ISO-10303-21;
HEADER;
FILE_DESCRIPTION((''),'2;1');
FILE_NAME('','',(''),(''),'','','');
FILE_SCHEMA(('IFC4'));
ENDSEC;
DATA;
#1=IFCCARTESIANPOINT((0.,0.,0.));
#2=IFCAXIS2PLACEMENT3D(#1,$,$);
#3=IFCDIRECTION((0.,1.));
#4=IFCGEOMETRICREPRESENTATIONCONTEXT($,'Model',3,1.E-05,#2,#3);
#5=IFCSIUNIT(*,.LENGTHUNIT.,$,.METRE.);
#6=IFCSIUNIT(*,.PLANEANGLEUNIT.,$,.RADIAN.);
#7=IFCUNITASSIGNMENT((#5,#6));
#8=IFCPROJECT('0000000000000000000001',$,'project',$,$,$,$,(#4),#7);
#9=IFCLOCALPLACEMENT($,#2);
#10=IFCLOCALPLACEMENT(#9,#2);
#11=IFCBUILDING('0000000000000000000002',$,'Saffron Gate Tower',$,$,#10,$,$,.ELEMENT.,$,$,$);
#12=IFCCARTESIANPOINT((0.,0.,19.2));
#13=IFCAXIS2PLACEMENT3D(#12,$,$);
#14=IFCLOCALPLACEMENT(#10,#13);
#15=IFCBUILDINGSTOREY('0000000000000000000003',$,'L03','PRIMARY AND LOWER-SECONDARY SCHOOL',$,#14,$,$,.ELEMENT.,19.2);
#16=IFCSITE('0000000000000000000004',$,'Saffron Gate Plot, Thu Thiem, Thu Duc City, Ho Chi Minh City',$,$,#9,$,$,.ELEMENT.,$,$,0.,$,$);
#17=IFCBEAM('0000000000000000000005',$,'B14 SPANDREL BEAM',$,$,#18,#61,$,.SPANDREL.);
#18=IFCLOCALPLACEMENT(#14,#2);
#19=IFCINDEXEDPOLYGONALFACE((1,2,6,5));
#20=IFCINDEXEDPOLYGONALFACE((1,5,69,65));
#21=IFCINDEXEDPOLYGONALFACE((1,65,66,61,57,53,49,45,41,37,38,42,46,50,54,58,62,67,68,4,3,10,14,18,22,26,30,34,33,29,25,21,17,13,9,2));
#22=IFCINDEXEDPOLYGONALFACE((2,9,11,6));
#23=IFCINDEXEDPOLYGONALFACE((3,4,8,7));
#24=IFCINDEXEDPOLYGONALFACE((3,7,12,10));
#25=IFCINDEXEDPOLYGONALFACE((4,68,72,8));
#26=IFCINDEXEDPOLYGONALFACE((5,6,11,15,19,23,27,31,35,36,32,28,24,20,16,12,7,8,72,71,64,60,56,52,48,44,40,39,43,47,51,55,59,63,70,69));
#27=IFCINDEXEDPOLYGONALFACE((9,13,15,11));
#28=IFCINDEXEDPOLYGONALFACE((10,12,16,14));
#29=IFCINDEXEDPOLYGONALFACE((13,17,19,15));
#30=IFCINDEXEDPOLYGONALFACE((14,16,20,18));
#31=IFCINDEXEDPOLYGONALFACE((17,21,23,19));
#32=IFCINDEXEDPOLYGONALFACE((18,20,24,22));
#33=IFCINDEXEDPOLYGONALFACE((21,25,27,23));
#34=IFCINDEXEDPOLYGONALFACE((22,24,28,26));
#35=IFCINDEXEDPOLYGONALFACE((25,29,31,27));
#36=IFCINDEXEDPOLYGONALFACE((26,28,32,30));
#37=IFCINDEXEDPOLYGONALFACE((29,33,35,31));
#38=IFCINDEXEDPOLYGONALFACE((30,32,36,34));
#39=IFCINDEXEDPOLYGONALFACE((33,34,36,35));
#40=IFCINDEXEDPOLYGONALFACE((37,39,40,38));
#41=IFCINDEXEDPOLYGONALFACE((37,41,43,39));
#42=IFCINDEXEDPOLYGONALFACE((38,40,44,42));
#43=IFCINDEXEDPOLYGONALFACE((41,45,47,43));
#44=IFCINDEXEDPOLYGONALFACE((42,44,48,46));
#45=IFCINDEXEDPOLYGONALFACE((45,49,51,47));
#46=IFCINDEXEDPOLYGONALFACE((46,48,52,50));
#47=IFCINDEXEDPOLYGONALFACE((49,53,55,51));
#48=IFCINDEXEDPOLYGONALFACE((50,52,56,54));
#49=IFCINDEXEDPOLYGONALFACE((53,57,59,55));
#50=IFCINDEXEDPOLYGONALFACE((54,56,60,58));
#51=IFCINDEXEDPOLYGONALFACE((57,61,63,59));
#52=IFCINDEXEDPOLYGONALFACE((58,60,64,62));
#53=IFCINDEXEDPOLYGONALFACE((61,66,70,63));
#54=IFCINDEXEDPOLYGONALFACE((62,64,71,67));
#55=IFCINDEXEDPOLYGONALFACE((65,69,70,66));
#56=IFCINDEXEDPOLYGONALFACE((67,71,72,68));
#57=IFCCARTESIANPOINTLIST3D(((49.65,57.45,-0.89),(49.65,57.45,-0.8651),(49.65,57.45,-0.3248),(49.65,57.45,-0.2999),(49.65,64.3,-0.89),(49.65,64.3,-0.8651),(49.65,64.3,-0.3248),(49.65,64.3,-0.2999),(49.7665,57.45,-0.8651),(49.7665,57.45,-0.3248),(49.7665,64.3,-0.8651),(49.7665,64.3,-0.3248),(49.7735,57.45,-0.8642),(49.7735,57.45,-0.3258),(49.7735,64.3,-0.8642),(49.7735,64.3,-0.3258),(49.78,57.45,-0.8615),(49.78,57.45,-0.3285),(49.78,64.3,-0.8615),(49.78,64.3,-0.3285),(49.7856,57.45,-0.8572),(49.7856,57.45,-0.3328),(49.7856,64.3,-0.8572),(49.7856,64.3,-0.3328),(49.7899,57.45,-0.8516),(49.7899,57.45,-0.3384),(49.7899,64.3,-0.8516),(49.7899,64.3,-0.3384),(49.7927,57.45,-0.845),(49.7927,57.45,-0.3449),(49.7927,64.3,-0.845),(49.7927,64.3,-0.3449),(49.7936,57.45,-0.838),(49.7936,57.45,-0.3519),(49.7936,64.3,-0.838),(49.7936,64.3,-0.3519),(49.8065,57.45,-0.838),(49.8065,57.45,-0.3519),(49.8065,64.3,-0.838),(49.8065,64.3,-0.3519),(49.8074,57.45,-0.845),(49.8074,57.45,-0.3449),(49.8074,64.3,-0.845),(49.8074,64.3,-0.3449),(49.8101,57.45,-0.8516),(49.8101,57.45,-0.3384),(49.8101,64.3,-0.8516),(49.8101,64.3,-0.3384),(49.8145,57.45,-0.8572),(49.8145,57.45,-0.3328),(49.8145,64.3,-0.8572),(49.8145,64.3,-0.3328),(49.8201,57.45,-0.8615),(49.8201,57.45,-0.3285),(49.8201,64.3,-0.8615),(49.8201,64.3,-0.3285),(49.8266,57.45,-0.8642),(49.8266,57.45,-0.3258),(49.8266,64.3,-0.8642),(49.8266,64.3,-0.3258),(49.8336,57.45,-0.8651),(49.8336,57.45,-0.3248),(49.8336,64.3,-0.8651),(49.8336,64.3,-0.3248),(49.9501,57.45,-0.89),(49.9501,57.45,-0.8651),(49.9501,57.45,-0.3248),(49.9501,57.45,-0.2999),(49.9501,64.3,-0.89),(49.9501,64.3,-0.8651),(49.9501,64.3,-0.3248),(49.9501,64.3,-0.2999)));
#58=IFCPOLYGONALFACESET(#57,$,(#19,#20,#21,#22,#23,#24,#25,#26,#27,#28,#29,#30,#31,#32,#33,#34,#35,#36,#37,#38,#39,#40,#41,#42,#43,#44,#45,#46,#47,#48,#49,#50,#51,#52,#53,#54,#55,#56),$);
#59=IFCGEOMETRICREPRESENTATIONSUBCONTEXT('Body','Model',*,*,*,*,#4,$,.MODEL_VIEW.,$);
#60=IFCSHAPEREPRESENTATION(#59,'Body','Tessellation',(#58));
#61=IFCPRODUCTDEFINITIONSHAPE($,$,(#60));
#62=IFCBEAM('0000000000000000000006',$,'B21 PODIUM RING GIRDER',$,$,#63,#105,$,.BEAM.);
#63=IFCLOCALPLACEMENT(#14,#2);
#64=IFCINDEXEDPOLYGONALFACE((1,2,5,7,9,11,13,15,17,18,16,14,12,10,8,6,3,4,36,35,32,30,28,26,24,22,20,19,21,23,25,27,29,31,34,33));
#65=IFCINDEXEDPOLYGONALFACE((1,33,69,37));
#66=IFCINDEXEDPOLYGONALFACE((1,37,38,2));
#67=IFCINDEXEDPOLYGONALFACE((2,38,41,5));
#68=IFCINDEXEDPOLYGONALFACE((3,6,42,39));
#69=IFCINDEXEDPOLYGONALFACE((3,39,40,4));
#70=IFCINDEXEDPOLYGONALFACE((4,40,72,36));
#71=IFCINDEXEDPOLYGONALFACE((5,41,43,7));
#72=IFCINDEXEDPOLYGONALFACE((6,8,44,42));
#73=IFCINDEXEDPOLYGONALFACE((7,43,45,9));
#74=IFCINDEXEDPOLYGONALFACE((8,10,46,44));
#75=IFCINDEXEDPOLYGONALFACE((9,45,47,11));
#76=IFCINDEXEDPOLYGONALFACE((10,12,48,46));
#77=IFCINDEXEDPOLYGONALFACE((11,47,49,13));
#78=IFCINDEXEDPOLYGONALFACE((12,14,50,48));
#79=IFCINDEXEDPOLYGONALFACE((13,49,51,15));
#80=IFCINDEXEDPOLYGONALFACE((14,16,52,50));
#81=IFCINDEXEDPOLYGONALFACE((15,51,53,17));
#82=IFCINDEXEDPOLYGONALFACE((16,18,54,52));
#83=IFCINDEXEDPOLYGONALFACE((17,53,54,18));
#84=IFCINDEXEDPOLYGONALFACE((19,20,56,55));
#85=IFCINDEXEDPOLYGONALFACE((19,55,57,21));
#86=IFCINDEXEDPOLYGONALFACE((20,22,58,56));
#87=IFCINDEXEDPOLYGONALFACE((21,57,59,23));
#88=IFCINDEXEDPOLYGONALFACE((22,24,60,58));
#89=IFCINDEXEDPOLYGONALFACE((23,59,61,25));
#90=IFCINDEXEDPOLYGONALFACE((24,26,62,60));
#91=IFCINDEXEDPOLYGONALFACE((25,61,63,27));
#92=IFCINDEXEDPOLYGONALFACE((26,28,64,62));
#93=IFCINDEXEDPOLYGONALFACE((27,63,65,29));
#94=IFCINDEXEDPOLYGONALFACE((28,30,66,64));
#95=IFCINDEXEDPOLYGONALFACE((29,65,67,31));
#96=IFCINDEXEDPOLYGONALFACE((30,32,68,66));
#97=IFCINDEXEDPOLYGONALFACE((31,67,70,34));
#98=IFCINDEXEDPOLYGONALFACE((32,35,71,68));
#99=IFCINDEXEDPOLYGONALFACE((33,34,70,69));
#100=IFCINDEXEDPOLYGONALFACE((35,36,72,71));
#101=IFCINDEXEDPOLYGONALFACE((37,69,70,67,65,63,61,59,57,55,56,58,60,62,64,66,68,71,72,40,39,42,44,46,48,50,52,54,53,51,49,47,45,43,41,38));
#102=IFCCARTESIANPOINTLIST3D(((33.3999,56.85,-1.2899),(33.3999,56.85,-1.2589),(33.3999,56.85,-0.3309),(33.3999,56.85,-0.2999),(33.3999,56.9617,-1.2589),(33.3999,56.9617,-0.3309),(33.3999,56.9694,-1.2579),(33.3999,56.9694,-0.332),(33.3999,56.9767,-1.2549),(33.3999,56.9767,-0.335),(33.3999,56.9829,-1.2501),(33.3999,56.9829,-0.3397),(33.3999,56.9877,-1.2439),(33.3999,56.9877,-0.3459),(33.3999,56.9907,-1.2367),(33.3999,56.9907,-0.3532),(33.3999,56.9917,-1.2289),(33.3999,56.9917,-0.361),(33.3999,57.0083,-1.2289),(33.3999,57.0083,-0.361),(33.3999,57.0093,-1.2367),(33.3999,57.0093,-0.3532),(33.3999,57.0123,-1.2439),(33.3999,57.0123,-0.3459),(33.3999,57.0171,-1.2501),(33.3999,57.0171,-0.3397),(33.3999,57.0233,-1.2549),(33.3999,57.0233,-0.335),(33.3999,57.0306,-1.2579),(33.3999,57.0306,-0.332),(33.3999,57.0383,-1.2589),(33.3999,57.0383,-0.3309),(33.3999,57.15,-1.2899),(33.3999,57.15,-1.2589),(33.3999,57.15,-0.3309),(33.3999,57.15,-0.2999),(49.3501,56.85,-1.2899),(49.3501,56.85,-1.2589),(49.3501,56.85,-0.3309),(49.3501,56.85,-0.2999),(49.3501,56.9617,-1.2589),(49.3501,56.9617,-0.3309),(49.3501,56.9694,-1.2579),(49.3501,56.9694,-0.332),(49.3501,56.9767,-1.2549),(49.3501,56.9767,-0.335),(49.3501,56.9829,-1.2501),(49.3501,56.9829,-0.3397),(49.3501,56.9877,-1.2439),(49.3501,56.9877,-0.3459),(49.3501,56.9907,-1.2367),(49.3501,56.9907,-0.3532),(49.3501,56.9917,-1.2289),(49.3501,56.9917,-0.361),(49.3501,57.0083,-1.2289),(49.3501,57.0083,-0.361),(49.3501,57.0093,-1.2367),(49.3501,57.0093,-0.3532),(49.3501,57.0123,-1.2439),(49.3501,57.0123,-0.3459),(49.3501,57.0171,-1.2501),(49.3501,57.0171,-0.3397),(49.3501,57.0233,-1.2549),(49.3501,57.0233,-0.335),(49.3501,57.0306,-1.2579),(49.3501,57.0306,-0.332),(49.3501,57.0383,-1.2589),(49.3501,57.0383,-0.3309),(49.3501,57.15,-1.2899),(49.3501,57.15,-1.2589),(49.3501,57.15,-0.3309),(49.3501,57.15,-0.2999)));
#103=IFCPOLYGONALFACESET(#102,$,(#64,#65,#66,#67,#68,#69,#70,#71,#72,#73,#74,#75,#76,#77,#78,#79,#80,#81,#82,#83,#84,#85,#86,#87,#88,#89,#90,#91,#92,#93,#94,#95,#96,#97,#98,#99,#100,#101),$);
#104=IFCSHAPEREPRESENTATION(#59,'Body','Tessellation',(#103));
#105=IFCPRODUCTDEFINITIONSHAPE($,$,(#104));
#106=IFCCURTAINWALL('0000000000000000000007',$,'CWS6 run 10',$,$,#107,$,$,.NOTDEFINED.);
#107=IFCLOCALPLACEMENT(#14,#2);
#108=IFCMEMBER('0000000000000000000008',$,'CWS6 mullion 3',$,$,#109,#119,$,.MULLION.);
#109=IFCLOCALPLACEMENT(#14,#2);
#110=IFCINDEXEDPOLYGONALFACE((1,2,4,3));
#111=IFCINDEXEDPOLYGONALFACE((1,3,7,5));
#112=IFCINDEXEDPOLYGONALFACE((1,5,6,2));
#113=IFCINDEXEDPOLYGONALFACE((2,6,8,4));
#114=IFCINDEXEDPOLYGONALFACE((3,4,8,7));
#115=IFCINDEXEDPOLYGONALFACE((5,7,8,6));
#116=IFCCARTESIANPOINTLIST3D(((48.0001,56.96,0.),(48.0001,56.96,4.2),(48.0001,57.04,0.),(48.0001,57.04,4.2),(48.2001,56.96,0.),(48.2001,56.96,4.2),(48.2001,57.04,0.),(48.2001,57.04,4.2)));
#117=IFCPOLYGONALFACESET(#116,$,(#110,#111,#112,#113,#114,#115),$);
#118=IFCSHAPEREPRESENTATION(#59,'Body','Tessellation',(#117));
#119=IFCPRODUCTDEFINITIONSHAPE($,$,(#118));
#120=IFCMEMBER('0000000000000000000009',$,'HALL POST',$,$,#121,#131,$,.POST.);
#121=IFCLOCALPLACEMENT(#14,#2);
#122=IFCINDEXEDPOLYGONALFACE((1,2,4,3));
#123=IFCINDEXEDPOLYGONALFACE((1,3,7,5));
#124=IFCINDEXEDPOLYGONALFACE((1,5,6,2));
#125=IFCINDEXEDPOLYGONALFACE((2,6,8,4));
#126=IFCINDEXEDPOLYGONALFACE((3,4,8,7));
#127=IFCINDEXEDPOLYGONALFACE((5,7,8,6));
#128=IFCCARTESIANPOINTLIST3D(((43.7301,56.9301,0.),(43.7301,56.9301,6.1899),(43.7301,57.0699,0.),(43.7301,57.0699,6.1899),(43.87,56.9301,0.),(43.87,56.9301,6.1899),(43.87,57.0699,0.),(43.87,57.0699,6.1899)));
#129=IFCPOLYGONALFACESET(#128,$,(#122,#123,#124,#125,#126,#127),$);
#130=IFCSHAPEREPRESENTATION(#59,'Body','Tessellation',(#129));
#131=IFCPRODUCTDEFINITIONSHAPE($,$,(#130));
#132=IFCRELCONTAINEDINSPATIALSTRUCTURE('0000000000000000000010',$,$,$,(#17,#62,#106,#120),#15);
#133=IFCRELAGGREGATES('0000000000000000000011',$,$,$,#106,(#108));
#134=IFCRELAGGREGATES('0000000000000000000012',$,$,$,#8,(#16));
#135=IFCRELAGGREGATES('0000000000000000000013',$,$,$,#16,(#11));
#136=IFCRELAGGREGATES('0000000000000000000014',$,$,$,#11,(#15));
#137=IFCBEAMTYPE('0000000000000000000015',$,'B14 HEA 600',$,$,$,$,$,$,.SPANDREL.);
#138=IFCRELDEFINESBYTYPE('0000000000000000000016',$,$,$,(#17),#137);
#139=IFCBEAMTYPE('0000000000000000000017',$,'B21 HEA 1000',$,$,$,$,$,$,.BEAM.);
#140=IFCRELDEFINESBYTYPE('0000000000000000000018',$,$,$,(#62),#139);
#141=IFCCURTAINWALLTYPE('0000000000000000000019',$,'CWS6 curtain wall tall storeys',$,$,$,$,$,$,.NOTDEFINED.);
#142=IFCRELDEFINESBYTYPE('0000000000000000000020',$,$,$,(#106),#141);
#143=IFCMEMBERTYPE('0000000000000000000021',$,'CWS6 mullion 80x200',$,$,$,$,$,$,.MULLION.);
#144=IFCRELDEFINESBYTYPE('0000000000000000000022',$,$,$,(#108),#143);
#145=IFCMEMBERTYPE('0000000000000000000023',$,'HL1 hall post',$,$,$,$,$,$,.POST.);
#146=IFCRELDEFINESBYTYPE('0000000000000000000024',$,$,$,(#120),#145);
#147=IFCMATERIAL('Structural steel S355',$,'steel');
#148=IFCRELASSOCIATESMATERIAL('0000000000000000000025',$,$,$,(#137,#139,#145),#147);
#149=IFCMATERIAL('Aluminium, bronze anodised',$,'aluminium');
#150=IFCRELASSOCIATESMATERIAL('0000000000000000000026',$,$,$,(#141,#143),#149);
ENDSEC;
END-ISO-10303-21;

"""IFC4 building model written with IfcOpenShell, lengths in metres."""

from ifc_helpers import new_model, si_unit, direction, frame, origin, origin_2d, place, context, subcontext, project, spatial, rectangle, i_section, extrude, material, material_profile, profile_set, type_object, element, aggregate, save


model = new_model("IFC4")

# Units and contexts
model_context = context("Model", 3, precision=1e-05, world=origin(), true_north=direction((0.0, 1.0)))
body_context = subcontext(model_context, "Body", "Model", "MODEL_VIEW")
ifc_project = project(units=[si_unit("LENGTHUNIT", "METRE"), si_unit("PLANEANGLEUNIT", "RADIAN")], contexts=[model_context])

# Site, building, storey
site_placement = place(None, origin())
site = spatial("IfcSite", under=ifc_project, at=site_placement, Name="Saffron Gate Plot, Thu Thiem, Thu Duc City, Ho Chi Minh City", CompositionType="ELEMENT", RefElevation=0.0)
building_placement = place(site_placement, origin())
building = spatial("IfcBuilding", under=site, at=building_placement, Name="Saffron Gate Tower", CompositionType="ELEMENT")
storey_placement = place(building_placement, frame((0.0, 0.0, 19.2)))
storey = spatial("IfcBuildingStorey", under=building, at=storey_placement, Name="L03", Description="PRIMARY AND LOWER-SECONDARY SCHOOL", CompositionType="ELEMENT", Elevation=19.2)

# Beams
ifc_material_1 = material(Name="Structural steel S355", Category="steel")
ifc_material_profile_1 = material_profile(ifc_material_1, i_section(OverallWidth=0.3, OverallDepth=0.5901, WebThickness=0.0129, FlangeThickness=0.0249, FilletRadius=0.0271, at=origin_2d()))
ifc_profile_set_1 = profile_set([ifc_material_profile_1], Name="Structural steel S355")
beam_type_1 = type_object("IfcBeamType", Name="B14 HEA 600", PredefinedType="SPANDREL", material=ifc_profile_set_1)
beam_1_placement = place(storey_placement, frame((49.8, 57.45, -0.595), z_axis=(0.0, 1.0, 0.0), x_axis=(-1.0, 0.0, 0.0)))
element("IfcBeam", 1, at=beam_1_placement, inside=storey, type_object=beam_type_1, Name="B14 SPANDREL BEAM", PredefinedType="SPANDREL", context=body_context, shape_type="SweptSolid", body=[
    extrude(i_section(OverallWidth=0.3, OverallDepth=0.5901, WebThickness=0.0129, FlangeThickness=0.0249, FilletRadius=0.0271, at=origin_2d()), origin(), (0.0, 0.0, 1.0), 6.8501),
])
ifc_material_profile_2 = material_profile(ifc_material_1, i_section(OverallWidth=0.3, OverallDepth=0.99, WebThickness=0.0166, FlangeThickness=0.031, FilletRadius=0.03, at=origin_2d()))
ifc_profile_set_2 = profile_set([ifc_material_profile_2], Name="Structural steel S355")
beam_type_2 = type_object("IfcBeamType", Name="B21 HEA 1000", PredefinedType="BEAM", material=ifc_profile_set_2)
beam_2_placement = place(storey_placement, frame((33.3999, 57.0, -0.7949), z_axis=(1.0, 0.0, 0.0), x_axis=(0.0, 1.0, 0.0)))
element("IfcBeam", 2, at=beam_2_placement, inside=storey, type_object=beam_type_2, Name="B21 PODIUM RING GIRDER", PredefinedType="BEAM", context=body_context, shape_type="SweptSolid", body=[
    extrude(i_section(OverallWidth=0.3, OverallDepth=0.99, WebThickness=0.0166, FlangeThickness=0.031, FilletRadius=0.03, at=origin_2d()), origin(), (0.0, 0.0, 1.0), 15.9502),
])

# Curtain wall, member
ifc_material_2 = material(Name="Aluminium, bronze anodised", Category="aluminium")
curtain_wall_type = type_object("IfcCurtainWallType", Name="CWS6 curtain wall tall storeys", PredefinedType="NOTDEFINED", material=ifc_material_2)
curtain_wall_placement = place(storey_placement, origin())
curtain_wall = element("IfcCurtainWall", 3, at=curtain_wall_placement, inside=storey, type_object=curtain_wall_type, Name="CWS6 run 10", PredefinedType="NOTDEFINED")
ifc_material_profile_3 = material_profile(ifc_material_2, rectangle(XDim=0.2, YDim=0.0801, at=origin_2d()))
ifc_profile_set_3 = profile_set([ifc_material_profile_3], Name="Aluminium, bronze anodised")
member_type_1 = type_object("IfcMemberType", Name="CWS6 mullion 80x200", PredefinedType="MULLION", material=ifc_profile_set_3)
member_1_placement = place(storey_placement, frame((48.1001, 57.0, 0.0), z_axis=(0.0, 0.0, 1.0), x_axis=(1.0, 0.0, 0.0)))
member_1 = element("IfcMember", 4, at=member_1_placement, type_object=member_type_1, Name="CWS6 mullion 3", PredefinedType="MULLION", context=body_context, shape_type="SweptSolid", body=[
    extrude(rectangle(XDim=0.2, YDim=0.0801, at=origin_2d()), origin(), (0.0, 0.0, 1.0), 4.2),
])

# Member
ifc_material_profile_4 = material_profile(ifc_material_1, rectangle(XDim=0.1399, YDim=0.1399, at=origin_2d()))
ifc_profile_set_4 = profile_set([ifc_material_profile_4], Name="Structural steel S355")
member_type_2 = type_object("IfcMemberType", Name="HL1 hall post", PredefinedType="POST", material=ifc_profile_set_4)
member_2_placement = place(storey_placement, frame((43.8, 57.0, 0.0), z_axis=(0.0, 0.0, 1.0), x_axis=(1.0, 0.0, 0.0)))
element("IfcMember", 5, at=member_2_placement, inside=storey, type_object=member_type_2, Name="HALL POST", PredefinedType="POST", context=body_context, shape_type="SweptSolid", body=[
    extrude(rectangle(XDim=0.1399, YDim=0.1399, at=origin_2d()), origin(), (0.0, 0.0, 1.0), 6.1899),
])

aggregate(curtain_wall, [member_1])

save(model, "model.ifc")
